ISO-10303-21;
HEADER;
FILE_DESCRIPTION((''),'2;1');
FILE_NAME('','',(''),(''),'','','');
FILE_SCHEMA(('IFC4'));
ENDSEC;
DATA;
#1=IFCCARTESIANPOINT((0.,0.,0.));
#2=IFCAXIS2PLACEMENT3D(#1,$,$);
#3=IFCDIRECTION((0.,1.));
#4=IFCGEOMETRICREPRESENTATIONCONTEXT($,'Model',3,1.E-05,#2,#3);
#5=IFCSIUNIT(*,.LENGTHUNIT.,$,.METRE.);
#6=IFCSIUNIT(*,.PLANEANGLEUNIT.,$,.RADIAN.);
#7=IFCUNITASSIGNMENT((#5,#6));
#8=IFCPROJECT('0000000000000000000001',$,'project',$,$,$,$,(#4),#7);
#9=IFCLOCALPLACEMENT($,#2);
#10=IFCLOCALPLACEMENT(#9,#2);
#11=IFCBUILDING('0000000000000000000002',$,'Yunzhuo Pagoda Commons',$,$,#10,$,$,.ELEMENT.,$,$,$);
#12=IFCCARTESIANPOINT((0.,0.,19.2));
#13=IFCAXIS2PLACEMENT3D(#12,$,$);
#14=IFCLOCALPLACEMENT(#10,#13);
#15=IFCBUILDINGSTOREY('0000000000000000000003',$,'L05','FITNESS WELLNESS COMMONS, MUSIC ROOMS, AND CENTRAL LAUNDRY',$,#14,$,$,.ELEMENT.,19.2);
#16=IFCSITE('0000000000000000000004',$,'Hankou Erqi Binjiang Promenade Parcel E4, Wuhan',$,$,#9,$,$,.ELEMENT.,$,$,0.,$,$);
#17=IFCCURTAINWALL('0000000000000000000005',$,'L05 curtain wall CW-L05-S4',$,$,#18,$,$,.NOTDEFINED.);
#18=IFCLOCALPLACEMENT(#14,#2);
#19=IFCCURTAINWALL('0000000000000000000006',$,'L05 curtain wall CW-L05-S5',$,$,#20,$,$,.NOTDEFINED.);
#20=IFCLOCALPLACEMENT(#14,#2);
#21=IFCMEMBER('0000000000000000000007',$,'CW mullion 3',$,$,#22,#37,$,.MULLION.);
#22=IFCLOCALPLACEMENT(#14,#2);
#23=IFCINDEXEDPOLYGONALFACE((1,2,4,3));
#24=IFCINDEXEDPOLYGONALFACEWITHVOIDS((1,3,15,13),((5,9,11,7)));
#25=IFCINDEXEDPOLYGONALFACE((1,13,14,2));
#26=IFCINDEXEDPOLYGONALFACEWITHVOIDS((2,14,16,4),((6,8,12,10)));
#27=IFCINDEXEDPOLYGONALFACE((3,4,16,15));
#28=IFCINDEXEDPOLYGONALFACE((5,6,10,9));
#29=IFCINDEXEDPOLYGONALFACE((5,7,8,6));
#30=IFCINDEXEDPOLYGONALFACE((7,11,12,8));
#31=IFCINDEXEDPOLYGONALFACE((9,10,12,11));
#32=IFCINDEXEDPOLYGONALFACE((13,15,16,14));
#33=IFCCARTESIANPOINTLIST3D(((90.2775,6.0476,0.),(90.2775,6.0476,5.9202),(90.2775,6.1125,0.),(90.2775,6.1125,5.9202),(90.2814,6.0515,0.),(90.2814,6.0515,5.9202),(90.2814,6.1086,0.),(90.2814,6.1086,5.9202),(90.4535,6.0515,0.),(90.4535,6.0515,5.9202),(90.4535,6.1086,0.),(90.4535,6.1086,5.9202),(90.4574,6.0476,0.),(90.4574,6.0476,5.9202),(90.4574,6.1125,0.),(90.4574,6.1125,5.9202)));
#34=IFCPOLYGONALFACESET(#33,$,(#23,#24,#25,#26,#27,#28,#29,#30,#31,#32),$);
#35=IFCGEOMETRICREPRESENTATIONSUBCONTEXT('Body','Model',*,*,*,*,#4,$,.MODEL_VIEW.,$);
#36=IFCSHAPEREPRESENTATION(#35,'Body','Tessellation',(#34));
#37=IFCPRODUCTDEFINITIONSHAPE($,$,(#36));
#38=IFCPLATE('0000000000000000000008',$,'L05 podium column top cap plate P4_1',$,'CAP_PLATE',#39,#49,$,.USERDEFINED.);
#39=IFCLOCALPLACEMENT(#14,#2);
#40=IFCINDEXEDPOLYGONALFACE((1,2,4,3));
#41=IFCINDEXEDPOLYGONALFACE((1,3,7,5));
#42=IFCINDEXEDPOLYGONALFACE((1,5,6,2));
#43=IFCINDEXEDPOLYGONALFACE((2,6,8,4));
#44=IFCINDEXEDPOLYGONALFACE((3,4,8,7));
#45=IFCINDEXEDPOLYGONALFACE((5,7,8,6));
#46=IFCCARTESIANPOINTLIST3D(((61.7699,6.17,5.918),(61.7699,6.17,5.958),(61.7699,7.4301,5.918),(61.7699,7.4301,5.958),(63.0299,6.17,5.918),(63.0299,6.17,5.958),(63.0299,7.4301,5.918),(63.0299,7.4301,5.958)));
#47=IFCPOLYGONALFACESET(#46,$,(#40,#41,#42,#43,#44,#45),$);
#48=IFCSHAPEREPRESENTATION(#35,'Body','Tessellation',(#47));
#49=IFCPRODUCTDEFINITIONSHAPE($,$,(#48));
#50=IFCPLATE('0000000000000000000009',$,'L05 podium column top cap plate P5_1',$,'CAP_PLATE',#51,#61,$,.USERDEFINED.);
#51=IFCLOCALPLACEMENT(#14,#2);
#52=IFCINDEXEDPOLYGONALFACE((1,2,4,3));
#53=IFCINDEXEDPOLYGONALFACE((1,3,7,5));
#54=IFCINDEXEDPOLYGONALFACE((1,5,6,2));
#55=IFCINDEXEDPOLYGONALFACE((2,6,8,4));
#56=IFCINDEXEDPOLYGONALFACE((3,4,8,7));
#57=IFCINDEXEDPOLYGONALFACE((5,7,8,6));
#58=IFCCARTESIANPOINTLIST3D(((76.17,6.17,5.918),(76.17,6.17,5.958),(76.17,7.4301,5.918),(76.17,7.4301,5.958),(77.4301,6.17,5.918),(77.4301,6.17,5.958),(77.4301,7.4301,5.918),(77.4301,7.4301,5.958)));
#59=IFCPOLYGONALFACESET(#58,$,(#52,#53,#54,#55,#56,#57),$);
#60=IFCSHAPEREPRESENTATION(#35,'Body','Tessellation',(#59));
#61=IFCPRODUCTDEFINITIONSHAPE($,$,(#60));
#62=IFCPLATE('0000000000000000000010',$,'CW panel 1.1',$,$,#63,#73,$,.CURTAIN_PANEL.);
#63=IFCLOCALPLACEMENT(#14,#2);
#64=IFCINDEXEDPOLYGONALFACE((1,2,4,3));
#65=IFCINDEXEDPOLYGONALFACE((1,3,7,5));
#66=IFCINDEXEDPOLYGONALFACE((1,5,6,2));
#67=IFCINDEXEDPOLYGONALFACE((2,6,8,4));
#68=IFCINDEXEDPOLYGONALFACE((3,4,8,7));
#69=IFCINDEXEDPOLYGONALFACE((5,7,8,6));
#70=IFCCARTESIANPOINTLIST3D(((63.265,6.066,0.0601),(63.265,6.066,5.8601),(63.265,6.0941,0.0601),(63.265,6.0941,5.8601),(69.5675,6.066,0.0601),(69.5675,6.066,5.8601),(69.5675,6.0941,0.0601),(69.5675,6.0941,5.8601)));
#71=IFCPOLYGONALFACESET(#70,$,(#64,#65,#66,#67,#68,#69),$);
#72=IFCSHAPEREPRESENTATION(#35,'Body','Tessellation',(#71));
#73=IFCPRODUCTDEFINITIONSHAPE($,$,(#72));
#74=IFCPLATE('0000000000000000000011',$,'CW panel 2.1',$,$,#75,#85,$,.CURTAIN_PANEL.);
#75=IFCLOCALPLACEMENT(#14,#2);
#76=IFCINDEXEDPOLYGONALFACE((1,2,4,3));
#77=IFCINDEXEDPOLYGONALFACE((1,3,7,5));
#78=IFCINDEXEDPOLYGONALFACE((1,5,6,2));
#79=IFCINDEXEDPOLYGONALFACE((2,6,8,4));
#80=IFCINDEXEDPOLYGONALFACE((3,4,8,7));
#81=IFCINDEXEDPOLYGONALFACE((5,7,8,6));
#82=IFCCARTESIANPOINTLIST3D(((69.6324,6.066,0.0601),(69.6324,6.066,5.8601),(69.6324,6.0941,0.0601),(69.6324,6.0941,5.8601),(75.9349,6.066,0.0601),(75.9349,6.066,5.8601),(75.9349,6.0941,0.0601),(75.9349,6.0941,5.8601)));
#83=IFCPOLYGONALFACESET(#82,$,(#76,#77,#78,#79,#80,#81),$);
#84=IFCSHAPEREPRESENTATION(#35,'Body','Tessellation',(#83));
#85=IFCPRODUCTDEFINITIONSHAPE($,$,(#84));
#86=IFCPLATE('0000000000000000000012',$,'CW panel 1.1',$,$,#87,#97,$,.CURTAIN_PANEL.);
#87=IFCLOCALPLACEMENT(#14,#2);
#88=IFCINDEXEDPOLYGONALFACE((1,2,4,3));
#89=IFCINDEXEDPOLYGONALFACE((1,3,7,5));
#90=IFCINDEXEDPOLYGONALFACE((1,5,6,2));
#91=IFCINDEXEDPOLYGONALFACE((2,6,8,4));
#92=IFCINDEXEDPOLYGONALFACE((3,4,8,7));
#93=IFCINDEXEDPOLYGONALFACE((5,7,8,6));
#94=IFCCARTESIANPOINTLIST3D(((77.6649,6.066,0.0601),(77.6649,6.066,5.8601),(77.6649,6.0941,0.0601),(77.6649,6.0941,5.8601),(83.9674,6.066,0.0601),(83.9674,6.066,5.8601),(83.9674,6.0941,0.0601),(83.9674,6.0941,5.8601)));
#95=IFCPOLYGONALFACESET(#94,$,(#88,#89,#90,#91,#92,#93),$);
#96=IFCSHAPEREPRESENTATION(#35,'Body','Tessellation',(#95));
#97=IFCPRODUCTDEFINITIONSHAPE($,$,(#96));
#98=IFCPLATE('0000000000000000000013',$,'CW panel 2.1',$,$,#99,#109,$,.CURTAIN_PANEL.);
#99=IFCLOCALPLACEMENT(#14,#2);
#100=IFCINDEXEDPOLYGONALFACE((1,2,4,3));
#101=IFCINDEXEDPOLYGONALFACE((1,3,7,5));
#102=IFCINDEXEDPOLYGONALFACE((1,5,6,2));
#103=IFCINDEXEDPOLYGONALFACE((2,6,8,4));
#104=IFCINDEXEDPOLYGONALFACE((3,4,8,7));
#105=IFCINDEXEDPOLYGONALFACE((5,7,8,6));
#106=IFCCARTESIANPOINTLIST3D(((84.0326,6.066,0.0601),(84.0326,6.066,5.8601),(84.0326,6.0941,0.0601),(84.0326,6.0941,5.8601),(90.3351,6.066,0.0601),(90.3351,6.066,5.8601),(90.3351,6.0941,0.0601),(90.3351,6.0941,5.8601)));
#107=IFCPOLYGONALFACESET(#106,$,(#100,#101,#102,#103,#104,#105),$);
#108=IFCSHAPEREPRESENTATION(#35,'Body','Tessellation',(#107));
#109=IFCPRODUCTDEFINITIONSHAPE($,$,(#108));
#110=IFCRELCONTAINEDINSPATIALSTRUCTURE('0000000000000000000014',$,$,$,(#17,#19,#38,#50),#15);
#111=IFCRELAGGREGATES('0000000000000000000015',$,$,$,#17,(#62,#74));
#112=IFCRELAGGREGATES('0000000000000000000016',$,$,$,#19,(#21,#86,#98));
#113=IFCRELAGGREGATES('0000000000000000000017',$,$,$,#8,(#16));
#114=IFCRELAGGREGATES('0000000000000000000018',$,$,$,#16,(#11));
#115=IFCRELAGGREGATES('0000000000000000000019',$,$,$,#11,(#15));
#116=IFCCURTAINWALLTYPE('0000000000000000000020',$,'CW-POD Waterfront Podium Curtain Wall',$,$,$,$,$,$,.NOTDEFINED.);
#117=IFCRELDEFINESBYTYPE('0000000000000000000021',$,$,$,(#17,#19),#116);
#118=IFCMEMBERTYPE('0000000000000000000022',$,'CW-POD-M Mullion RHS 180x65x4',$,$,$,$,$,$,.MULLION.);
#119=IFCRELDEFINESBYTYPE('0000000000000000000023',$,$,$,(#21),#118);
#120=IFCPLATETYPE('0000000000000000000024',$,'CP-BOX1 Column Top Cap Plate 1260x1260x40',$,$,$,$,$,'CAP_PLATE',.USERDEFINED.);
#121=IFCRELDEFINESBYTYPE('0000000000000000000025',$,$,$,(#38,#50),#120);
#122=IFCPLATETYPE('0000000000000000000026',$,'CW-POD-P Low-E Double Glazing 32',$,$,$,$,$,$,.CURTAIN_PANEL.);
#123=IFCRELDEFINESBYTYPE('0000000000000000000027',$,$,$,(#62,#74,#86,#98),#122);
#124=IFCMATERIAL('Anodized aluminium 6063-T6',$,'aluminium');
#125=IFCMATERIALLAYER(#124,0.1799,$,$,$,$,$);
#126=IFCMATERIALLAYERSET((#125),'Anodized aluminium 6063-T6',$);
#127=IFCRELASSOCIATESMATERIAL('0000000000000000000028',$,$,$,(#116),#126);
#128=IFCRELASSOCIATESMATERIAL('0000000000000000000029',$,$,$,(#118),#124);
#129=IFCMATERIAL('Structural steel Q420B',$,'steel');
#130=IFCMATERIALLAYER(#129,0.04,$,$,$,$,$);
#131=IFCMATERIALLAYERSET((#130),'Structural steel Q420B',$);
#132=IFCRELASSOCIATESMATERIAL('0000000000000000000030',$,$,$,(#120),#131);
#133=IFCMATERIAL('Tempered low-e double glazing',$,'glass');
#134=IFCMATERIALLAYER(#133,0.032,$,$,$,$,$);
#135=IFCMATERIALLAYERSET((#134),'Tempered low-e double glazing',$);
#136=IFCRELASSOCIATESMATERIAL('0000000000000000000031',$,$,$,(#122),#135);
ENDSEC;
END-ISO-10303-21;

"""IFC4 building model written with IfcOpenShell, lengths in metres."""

from ifc_helpers import new_model, si_unit, direction, frame, origin, origin_2d, place, context, subcontext, project, spatial, rectangle, hollow_rectangle, extrude, source, transform, mapped, material, layer, layer_set, material_profile, profile_set, type_object, element, aggregate, save


model = new_model("IFC4")

# Units and contexts
model_context = context("Model", 3, precision=1e-05, world=origin(), true_north=direction((0.0, 1.0)))
body_context = subcontext(model_context, "Body", "Model", "MODEL_VIEW")
ifc_project = project(units=[si_unit("LENGTHUNIT", "METRE"), si_unit("PLANEANGLEUNIT", "RADIAN")], contexts=[model_context])

# Site, building, storey
site_placement = place(None, origin())
site = spatial("IfcSite", under=ifc_project, at=site_placement, Name="Hankou Erqi Binjiang Promenade Parcel E4, Wuhan", CompositionType="ELEMENT", RefElevation=0.0)
building_placement = place(site_placement, origin())
building = spatial("IfcBuilding", under=site, at=building_placement, Name="Yunzhuo Pagoda Commons", CompositionType="ELEMENT")
storey_placement = place(building_placement, frame((0.0, 0.0, 19.2)))
storey = spatial("IfcBuildingStorey", under=building, at=storey_placement, Name="L05", Description="FITNESS WELLNESS COMMONS, MUSIC ROOMS, AND CENTRAL LAUNDRY", CompositionType="ELEMENT", Elevation=19.2)

# Shared definitions
ifc_material_1 = material(Name="Structural steel Q420B", Category="steel")

# Curtain walls
ifc_material_2 = material(Name="Anodized aluminium 6063-T6", Category="aluminium")
ifc_layer_1 = layer(ifc_material_2, 0.1799)
ifc_layer_set_1 = layer_set([ifc_layer_1], Name="Anodized aluminium 6063-T6")
curtain_wall_type = type_object("IfcCurtainWallType", Name="CW-POD Waterfront Podium Curtain Wall", PredefinedType="NOTDEFINED", material=ifc_layer_set_1)
curtain_wall_1_placement = place(storey_placement, origin())
curtain_wall_1 = element("IfcCurtainWall", 1, at=curtain_wall_1_placement, inside=storey, type_object=curtain_wall_type, Name="L05 curtain wall CW-L05-S4", PredefinedType="NOTDEFINED")
curtain_wall_2_placement = place(storey_placement, origin())
curtain_wall_2 = element("IfcCurtainWall", 2, at=curtain_wall_2_placement, inside=storey, type_object=curtain_wall_type, Name="L05 curtain wall CW-L05-S5", PredefinedType="NOTDEFINED")

# Shared definitions
ifc_material_profile_1 = material_profile(ifc_material_2, hollow_rectangle(XDim=0.0649, YDim=0.1799, WallThickness=0.0039, at=origin_2d()), Name="Anodized aluminium 6063-T6")
ifc_profile_set_1 = profile_set([ifc_material_profile_1], Name="Anodized aluminium 6063-T6")
member_type_1 = type_object("IfcMemberType", Name="CW-POD-M Mullion RHS 180x65x4", PredefinedType="MULLION", material=ifc_profile_set_1)
shared_shape_1 = source(origin(), body_context, "Body", "SweptSolid", [
    extrude(hollow_rectangle(XDim=0.0649, YDim=0.1799, WallThickness=0.0039, at=origin_2d()), origin(), (0.0, 0.0, 1.0), 5.9202),
])

# Member
member_1_placement = place(storey_placement, frame((90.3674, 6.0801, 0.0), z_axis=(0.0, 0.0, 1.0), x_axis=(0.0, 1.0, 0.0)))
member_1 = element("IfcMember", 3, at=member_1_placement, type_object=member_type_1, Name="CW mullion 3", PredefinedType="MULLION", context=body_context, shape_type="MappedRepresentation", body=[
    mapped(shared_shape_1, transform((0.0, 0.0, 0.0), scale=1.0)),
])

# Plates
ifc_layer_2 = layer(ifc_material_1, 0.04)
ifc_layer_set_2 = layer_set([ifc_layer_2], Name="Structural steel Q420B")
plate_type_1 = type_object("IfcPlateType", Name="CP-BOX1 Column Top Cap Plate 1260x1260x40", ElementType="CAP_PLATE", PredefinedType="USERDEFINED", material=ifc_layer_set_2)
shared_shape_2 = source(origin(), body_context, "Body", "SweptSolid", [
    extrude(rectangle(XDim=1.26, YDim=1.26, at=origin_2d()), origin(), (0.0, 0.0, 1.0), 0.04),
])
for number, where, z_axis, x_axis, name in (
    (4, (62.3999, 6.8, 5.918), (0.0, 0.0, 1.0), (1.0, 0.0, 0.0), "L05 podium column top cap plate P4_1"),
    (5, (76.8, 6.8, 5.918), (0.0, 0.0, 1.0), (1.0, 0.0, 0.0), "L05 podium column top cap plate P5_1"),
):
    element("IfcPlate", number, at=place(storey_placement, frame(where, z_axis=z_axis, x_axis=x_axis)), inside=storey, type_object=plate_type_1, Name=name, ObjectType="CAP_PLATE", PredefinedType="USERDEFINED", context=body_context, shape_type="MappedRepresentation", body=[
        mapped(shared_shape_2, transform((0.0, 0.0, 0.0), scale=1.0)),
    ])

# Plates
ifc_material_3 = material(Name="Tempered low-e double glazing", Category="glass")
ifc_layer_3 = layer(ifc_material_3, 0.032)
ifc_layer_set_3 = layer_set([ifc_layer_3], Name="Tempered low-e double glazing")
plate_type_2 = type_object("IfcPlateType", Name="CW-POD-P Low-E Double Glazing 32", PredefinedType="CURTAIN_PANEL", material=ifc_layer_set_3)
shared_shape_3 = source(origin(), body_context, "Body", "SweptSolid", [
    extrude(rectangle(XDim=6.3025, YDim=0.0281, at=origin_2d()), origin(), (0.0, 0.0, 1.0), 5.8),
])
plate_1_placement = place(storey_placement, frame((66.4163, 6.0801, 0.0601), z_axis=(0.0, 0.0, 1.0), x_axis=(1.0, 0.0, 0.0)))
plate_1 = element("IfcPlate", 6, at=plate_1_placement, type_object=plate_type_2, Name="CW panel 1.1", PredefinedType="CURTAIN_PANEL", context=body_context, shape_type="MappedRepresentation", body=[
    mapped(shared_shape_3, transform((0.0, 0.0, 0.0), scale=1.0)),
])
plate_2_placement = place(storey_placement, frame((72.7837, 6.0801, 0.0601), z_axis=(0.0, 0.0, 1.0), x_axis=(1.0, 0.0, 0.0)))
plate_2 = element("IfcPlate", 7, at=plate_2_placement, type_object=plate_type_2, Name="CW panel 2.1", PredefinedType="CURTAIN_PANEL", context=body_context, shape_type="MappedRepresentation", body=[
    mapped(shared_shape_3, transform((0.0, 0.0, 0.0), scale=1.0)),
])
aggregate(curtain_wall_1, [plate_1, plate_2])
plate_3_placement = place(storey_placement, frame((80.8162, 6.0801, 0.0601), z_axis=(0.0, 0.0, 1.0), x_axis=(1.0, 0.0, 0.0)))
plate_3 = element("IfcPlate", 8, at=plate_3_placement, type_object=plate_type_2, Name="CW panel 1.1", PredefinedType="CURTAIN_PANEL", context=body_context, shape_type="MappedRepresentation", body=[
    mapped(shared_shape_3, transform((0.0, 0.0, 0.0), scale=1.0)),
])
plate_4_placement = place(storey_placement, frame((87.1838, 6.0801, 0.0601), z_axis=(0.0, 0.0, 1.0), x_axis=(1.0, 0.0, 0.0)))
plate_4 = element("IfcPlate", 9, at=plate_4_placement, type_object=plate_type_2, Name="CW panel 2.1", PredefinedType="CURTAIN_PANEL", context=body_context, shape_type="MappedRepresentation", body=[
    mapped(shared_shape_3, transform((0.0, 0.0, 0.0), scale=1.0)),
])
aggregate(curtain_wall_2, [member_1, plate_3, plate_4])

save(model, "model.ifc")
